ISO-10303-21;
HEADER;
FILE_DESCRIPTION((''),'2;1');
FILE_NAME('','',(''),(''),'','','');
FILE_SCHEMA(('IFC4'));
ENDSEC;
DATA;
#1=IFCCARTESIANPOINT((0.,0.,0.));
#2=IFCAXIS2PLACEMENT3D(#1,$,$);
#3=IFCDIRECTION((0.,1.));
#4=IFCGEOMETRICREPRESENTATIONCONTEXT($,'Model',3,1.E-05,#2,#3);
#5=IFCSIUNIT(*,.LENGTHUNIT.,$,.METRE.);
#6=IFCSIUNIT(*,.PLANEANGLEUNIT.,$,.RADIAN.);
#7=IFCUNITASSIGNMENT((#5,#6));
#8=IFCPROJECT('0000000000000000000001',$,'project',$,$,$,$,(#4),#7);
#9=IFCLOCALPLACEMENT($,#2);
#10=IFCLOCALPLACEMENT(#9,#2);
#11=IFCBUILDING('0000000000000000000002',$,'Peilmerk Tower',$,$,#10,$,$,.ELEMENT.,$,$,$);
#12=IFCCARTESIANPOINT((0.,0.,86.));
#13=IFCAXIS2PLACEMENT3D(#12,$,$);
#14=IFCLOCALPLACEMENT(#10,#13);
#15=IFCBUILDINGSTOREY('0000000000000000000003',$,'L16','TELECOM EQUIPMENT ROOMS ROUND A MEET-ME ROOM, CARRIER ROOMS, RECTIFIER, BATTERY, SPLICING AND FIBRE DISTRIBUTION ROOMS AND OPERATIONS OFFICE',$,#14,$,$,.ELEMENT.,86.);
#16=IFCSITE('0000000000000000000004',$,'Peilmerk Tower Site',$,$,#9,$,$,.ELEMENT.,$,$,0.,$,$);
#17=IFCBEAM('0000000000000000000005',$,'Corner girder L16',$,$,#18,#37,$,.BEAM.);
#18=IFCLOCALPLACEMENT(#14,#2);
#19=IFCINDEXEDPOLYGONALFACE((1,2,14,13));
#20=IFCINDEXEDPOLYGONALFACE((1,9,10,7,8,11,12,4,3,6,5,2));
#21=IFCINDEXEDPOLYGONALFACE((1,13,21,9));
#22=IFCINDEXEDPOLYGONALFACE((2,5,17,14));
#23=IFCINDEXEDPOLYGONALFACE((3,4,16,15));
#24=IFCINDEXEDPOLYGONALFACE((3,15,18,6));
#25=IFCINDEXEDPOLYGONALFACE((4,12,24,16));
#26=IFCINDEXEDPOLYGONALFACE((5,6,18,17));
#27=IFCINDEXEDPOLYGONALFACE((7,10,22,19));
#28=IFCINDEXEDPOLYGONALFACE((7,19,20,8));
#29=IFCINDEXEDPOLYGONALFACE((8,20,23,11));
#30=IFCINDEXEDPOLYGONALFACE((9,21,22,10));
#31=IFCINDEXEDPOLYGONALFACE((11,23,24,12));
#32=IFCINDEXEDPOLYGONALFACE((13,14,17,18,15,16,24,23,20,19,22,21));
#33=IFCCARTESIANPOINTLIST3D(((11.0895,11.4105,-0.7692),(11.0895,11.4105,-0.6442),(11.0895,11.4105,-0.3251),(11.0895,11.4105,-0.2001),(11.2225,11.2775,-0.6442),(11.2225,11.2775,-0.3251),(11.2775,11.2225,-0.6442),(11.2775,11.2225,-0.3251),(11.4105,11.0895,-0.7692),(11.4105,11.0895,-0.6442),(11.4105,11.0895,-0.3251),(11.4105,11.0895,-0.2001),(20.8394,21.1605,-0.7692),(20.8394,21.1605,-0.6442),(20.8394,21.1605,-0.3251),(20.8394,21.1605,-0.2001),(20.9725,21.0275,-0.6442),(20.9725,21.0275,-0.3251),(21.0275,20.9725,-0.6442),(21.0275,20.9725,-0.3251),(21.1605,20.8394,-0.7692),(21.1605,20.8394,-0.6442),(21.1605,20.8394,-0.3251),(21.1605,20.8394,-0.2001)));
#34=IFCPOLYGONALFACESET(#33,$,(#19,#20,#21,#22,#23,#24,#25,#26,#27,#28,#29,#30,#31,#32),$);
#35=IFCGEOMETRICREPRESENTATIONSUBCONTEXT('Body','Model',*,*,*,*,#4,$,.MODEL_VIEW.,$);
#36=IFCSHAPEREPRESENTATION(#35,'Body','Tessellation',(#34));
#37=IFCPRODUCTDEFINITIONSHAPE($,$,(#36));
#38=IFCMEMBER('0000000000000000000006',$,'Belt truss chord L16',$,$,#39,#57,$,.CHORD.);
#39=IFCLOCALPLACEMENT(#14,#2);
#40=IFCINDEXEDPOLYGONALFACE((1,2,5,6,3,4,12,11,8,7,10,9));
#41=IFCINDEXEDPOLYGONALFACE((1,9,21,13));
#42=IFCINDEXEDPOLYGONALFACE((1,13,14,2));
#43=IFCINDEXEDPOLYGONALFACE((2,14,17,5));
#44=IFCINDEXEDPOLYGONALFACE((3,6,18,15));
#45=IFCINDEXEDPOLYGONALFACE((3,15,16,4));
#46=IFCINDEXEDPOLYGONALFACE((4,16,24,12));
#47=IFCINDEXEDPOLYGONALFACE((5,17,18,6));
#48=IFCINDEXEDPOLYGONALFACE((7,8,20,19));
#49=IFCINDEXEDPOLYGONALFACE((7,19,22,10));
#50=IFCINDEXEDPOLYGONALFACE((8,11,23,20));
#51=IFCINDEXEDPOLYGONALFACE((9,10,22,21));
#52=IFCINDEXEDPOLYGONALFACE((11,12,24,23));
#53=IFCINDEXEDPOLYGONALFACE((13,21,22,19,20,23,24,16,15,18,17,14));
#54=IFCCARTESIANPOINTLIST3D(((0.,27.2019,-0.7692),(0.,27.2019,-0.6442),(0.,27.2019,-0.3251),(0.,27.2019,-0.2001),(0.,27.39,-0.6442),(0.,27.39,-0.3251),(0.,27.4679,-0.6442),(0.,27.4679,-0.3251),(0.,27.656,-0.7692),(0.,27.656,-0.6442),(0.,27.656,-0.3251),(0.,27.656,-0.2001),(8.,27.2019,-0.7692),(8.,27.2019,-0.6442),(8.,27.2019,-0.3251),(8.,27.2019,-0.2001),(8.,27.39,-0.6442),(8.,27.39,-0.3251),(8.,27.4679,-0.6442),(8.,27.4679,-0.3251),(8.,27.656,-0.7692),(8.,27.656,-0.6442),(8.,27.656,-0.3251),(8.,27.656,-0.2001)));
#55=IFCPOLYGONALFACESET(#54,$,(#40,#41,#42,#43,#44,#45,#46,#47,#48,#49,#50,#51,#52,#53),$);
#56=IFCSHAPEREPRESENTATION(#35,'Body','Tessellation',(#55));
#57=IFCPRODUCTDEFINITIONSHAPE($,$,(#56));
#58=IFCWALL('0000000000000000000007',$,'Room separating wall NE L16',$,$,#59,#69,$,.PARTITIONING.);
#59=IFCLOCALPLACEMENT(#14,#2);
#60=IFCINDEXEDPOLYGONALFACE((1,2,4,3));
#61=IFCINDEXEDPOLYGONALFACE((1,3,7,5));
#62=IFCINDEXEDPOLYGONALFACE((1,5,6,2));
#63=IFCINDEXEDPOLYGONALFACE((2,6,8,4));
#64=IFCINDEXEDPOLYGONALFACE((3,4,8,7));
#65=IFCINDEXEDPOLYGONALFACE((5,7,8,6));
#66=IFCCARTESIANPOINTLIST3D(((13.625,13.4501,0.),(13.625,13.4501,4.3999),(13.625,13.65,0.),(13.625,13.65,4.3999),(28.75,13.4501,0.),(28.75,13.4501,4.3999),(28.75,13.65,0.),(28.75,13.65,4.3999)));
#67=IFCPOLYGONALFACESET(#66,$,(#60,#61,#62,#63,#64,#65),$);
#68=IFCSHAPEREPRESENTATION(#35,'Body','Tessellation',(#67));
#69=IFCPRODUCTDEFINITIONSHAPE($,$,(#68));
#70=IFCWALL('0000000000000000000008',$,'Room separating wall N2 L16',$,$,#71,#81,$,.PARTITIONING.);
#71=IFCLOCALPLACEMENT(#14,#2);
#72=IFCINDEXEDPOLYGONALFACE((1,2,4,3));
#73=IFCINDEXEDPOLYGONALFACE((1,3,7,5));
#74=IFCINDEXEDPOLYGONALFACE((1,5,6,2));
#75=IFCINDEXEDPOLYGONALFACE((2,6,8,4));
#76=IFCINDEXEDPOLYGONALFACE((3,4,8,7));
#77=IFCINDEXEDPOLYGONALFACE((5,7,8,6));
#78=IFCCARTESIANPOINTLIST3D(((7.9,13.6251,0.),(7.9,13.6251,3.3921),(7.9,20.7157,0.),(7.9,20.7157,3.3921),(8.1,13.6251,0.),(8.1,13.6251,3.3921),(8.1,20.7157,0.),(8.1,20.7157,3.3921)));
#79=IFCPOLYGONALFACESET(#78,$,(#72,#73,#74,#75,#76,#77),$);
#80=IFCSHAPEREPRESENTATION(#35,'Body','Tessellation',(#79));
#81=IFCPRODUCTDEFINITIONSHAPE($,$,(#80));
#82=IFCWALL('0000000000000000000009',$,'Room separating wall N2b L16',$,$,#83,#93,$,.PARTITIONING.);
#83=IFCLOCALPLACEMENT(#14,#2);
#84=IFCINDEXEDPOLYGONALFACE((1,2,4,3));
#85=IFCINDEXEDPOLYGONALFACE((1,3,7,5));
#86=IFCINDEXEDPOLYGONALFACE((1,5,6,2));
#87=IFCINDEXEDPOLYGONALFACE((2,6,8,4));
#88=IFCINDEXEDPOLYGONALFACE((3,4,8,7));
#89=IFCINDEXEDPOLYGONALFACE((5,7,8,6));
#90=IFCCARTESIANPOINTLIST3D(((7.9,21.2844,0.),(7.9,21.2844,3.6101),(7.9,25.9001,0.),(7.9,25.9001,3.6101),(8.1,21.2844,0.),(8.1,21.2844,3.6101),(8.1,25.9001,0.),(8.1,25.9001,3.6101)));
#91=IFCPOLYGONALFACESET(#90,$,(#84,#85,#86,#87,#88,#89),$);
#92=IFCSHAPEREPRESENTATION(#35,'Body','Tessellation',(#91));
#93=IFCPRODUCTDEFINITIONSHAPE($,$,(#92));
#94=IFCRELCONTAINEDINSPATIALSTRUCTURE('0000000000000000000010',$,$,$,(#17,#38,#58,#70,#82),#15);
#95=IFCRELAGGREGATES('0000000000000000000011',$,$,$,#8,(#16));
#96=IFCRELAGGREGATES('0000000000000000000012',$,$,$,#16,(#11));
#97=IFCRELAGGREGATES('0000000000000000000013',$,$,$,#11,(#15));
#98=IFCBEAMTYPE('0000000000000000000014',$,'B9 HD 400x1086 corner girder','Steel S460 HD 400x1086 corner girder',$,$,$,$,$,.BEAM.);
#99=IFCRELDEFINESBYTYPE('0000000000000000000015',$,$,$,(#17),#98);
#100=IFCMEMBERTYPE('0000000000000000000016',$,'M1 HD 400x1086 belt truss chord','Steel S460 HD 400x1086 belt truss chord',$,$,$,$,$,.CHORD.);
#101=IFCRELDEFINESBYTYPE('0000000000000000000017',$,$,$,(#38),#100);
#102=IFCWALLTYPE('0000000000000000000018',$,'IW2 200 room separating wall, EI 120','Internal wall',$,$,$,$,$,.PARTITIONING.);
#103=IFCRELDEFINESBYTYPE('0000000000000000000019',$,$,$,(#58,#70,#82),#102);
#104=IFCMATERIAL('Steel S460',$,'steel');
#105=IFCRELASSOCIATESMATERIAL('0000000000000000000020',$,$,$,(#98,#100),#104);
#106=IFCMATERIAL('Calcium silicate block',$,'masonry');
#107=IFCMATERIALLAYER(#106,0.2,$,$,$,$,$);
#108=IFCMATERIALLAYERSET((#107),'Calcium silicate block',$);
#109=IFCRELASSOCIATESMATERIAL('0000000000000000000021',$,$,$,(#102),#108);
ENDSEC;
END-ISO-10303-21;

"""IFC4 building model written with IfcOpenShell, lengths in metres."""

from ifc_helpers import new_model, si_unit, direction, frame, frame_2d, origin, origin_2d, place, context, subcontext, project, spatial, rectangle, i_section, extrude, material, layer, layer_set, material_profile, profile_set, type_object, element, save


model = new_model("IFC4")

# Units and contexts
model_context = context("Model", 3, precision=1e-05, world=origin(), true_north=direction((0.0, 1.0)))
body_context = subcontext(model_context, "Body", "Model", "MODEL_VIEW")
ifc_project = project(units=[si_unit("LENGTHUNIT", "METRE"), si_unit("PLANEANGLEUNIT", "RADIAN")], contexts=[model_context])

# Site, building, storey
site_placement = place(None, origin())
site = spatial("IfcSite", under=ifc_project, at=site_placement, Name="Peilmerk Tower Site", CompositionType="ELEMENT", RefElevation=0.0)
building_placement = place(site_placement, origin())
building = spatial("IfcBuilding", under=site, at=building_placement, Name="Peilmerk Tower", CompositionType="ELEMENT")
storey_placement = place(building_placement, frame((0.0, 0.0, 86.0)))
storey = spatial("IfcBuildingStorey", under=building, at=storey_placement, Name="L16", Description="TELECOM EQUIPMENT ROOMS ROUND A MEET-ME ROOM, CARRIER ROOMS, RECTIFIER, BATTERY, SPLICING AND FIBRE DISTRIBUTION ROOMS AND OPERATIONS OFFICE", CompositionType="ELEMENT", Elevation=86.0)

# Shared definitions
ifc_material_1 = material(Name="Steel S460", Category="steel")

# Beam
ifc_material_profile_1 = material_profile(ifc_material_1, i_section(OverallWidth=0.4541, OverallDepth=0.5691, WebThickness=0.0779, FlangeThickness=0.125, at=origin_2d()), Name="HD 400x1086")
ifc_profile_set_1 = profile_set([ifc_material_profile_1], Name="Steel S460")
beam_type_1 = type_object("IfcBeamType", Name="B9 HD 400x1086 corner girder", Description="Steel S460 HD 400x1086 corner girder", PredefinedType="BEAM", material=ifc_profile_set_1)
beam_1_placement = place(storey_placement, frame((11.25, 11.25, -0.4846), z_axis=(0.707107, 0.707107, 0.0), x_axis=(-0.707107, 0.707107, 0.0)))
element("IfcBeam", 1, at=beam_1_placement, inside=storey, type_object=beam_type_1, Name="Corner girder L16", PredefinedType="BEAM", context=body_context, shape_type="SweptSolid", body=[
    extrude(i_section(OverallWidth=0.4541, OverallDepth=0.5691, WebThickness=0.0779, FlangeThickness=0.125, at=origin_2d()), origin(), (0.0, 0.0, 1.0), 13.7886),
])

# Member
ifc_material_profile_2 = material_profile(ifc_material_1, i_section(OverallWidth=0.4541, OverallDepth=0.5691, WebThickness=0.0779, FlangeThickness=0.125, at=origin_2d()), Name="HD 400x1086")
ifc_profile_set_2 = profile_set([ifc_material_profile_2], Name="Steel S460")
member_type = type_object("IfcMemberType", Name="M1 HD 400x1086 belt truss chord", Description="Steel S460 HD 400x1086 belt truss chord", PredefinedType="CHORD", material=ifc_profile_set_2)
member_placement = place(storey_placement, frame((8.0, 27.429, -0.4846), z_axis=(-1.0, 0.0, 0.0), x_axis=(0.0, -1.0, 0.0)))
element("IfcMember", 2, at=member_placement, inside=storey, type_object=member_type, Name="Belt truss chord L16", PredefinedType="CHORD", context=body_context, shape_type="SweptSolid", body=[
    extrude(i_section(OverallWidth=0.4541, OverallDepth=0.5691, WebThickness=0.0779, FlangeThickness=0.125, at=origin_2d()), origin(), (0.0, 0.0, 1.0), 8.0),
])

# Walls
ifc_material_2 = material(Name="Calcium silicate block", Category="masonry")
ifc_layer = layer(ifc_material_2, 0.2)
ifc_layer_set = layer_set([ifc_layer], Name="Calcium silicate block")
wall_type = type_object("IfcWallType", Name="IW2 200 room separating wall, EI 120", Description="Internal wall", PredefinedType="PARTITIONING", material=ifc_layer_set)
wall_1_placement = place(storey_placement, frame((13.625, 13.55, 0.0), z_axis=(0.0, 0.0, 1.0), x_axis=(1.0, 0.0, 0.0)))
element("IfcWall", 3, at=wall_1_placement, inside=storey, type_object=wall_type, Name="Room separating wall NE L16", PredefinedType="PARTITIONING", context=body_context, shape_type="SweptSolid", body=[
    extrude(rectangle(XDim=15.125, YDim=0.2, at=frame_2d((7.5625, 0.0))), origin(), (0.0, 0.0, 1.0), 4.3999),
])
wall_2_placement = place(storey_placement, frame((8.0, 13.625, 0.0), z_axis=(0.0, 0.0, 1.0), x_axis=(0.0, 1.0, 0.0)))
element("IfcWall", 4, at=wall_2_placement, inside=storey, type_object=wall_type, Name="Room separating wall N2 L16", PredefinedType="PARTITIONING", context=body_context, shape_type="SweptSolid", body=[
    extrude(rectangle(XDim=7.0906, YDim=0.2, at=frame_2d((3.5454, 0.0))), origin(), (0.0, 0.0, 1.0), 3.3921),
])
wall_3_placement = place(storey_placement, frame((8.0, 21.2844, 0.0), z_axis=(0.0, 0.0, 1.0), x_axis=(0.0, 1.0, 0.0)))
element("IfcWall", 5, at=wall_3_placement, inside=storey, type_object=wall_type, Name="Room separating wall N2b L16", PredefinedType="PARTITIONING", context=body_context, shape_type="SweptSolid", body=[
    extrude(rectangle(XDim=4.6157, YDim=0.2, at=frame_2d((2.3079, 0.0))), origin(), (0.0, 0.0, 1.0), 3.6101),
])

save(model, "model.ifc")
